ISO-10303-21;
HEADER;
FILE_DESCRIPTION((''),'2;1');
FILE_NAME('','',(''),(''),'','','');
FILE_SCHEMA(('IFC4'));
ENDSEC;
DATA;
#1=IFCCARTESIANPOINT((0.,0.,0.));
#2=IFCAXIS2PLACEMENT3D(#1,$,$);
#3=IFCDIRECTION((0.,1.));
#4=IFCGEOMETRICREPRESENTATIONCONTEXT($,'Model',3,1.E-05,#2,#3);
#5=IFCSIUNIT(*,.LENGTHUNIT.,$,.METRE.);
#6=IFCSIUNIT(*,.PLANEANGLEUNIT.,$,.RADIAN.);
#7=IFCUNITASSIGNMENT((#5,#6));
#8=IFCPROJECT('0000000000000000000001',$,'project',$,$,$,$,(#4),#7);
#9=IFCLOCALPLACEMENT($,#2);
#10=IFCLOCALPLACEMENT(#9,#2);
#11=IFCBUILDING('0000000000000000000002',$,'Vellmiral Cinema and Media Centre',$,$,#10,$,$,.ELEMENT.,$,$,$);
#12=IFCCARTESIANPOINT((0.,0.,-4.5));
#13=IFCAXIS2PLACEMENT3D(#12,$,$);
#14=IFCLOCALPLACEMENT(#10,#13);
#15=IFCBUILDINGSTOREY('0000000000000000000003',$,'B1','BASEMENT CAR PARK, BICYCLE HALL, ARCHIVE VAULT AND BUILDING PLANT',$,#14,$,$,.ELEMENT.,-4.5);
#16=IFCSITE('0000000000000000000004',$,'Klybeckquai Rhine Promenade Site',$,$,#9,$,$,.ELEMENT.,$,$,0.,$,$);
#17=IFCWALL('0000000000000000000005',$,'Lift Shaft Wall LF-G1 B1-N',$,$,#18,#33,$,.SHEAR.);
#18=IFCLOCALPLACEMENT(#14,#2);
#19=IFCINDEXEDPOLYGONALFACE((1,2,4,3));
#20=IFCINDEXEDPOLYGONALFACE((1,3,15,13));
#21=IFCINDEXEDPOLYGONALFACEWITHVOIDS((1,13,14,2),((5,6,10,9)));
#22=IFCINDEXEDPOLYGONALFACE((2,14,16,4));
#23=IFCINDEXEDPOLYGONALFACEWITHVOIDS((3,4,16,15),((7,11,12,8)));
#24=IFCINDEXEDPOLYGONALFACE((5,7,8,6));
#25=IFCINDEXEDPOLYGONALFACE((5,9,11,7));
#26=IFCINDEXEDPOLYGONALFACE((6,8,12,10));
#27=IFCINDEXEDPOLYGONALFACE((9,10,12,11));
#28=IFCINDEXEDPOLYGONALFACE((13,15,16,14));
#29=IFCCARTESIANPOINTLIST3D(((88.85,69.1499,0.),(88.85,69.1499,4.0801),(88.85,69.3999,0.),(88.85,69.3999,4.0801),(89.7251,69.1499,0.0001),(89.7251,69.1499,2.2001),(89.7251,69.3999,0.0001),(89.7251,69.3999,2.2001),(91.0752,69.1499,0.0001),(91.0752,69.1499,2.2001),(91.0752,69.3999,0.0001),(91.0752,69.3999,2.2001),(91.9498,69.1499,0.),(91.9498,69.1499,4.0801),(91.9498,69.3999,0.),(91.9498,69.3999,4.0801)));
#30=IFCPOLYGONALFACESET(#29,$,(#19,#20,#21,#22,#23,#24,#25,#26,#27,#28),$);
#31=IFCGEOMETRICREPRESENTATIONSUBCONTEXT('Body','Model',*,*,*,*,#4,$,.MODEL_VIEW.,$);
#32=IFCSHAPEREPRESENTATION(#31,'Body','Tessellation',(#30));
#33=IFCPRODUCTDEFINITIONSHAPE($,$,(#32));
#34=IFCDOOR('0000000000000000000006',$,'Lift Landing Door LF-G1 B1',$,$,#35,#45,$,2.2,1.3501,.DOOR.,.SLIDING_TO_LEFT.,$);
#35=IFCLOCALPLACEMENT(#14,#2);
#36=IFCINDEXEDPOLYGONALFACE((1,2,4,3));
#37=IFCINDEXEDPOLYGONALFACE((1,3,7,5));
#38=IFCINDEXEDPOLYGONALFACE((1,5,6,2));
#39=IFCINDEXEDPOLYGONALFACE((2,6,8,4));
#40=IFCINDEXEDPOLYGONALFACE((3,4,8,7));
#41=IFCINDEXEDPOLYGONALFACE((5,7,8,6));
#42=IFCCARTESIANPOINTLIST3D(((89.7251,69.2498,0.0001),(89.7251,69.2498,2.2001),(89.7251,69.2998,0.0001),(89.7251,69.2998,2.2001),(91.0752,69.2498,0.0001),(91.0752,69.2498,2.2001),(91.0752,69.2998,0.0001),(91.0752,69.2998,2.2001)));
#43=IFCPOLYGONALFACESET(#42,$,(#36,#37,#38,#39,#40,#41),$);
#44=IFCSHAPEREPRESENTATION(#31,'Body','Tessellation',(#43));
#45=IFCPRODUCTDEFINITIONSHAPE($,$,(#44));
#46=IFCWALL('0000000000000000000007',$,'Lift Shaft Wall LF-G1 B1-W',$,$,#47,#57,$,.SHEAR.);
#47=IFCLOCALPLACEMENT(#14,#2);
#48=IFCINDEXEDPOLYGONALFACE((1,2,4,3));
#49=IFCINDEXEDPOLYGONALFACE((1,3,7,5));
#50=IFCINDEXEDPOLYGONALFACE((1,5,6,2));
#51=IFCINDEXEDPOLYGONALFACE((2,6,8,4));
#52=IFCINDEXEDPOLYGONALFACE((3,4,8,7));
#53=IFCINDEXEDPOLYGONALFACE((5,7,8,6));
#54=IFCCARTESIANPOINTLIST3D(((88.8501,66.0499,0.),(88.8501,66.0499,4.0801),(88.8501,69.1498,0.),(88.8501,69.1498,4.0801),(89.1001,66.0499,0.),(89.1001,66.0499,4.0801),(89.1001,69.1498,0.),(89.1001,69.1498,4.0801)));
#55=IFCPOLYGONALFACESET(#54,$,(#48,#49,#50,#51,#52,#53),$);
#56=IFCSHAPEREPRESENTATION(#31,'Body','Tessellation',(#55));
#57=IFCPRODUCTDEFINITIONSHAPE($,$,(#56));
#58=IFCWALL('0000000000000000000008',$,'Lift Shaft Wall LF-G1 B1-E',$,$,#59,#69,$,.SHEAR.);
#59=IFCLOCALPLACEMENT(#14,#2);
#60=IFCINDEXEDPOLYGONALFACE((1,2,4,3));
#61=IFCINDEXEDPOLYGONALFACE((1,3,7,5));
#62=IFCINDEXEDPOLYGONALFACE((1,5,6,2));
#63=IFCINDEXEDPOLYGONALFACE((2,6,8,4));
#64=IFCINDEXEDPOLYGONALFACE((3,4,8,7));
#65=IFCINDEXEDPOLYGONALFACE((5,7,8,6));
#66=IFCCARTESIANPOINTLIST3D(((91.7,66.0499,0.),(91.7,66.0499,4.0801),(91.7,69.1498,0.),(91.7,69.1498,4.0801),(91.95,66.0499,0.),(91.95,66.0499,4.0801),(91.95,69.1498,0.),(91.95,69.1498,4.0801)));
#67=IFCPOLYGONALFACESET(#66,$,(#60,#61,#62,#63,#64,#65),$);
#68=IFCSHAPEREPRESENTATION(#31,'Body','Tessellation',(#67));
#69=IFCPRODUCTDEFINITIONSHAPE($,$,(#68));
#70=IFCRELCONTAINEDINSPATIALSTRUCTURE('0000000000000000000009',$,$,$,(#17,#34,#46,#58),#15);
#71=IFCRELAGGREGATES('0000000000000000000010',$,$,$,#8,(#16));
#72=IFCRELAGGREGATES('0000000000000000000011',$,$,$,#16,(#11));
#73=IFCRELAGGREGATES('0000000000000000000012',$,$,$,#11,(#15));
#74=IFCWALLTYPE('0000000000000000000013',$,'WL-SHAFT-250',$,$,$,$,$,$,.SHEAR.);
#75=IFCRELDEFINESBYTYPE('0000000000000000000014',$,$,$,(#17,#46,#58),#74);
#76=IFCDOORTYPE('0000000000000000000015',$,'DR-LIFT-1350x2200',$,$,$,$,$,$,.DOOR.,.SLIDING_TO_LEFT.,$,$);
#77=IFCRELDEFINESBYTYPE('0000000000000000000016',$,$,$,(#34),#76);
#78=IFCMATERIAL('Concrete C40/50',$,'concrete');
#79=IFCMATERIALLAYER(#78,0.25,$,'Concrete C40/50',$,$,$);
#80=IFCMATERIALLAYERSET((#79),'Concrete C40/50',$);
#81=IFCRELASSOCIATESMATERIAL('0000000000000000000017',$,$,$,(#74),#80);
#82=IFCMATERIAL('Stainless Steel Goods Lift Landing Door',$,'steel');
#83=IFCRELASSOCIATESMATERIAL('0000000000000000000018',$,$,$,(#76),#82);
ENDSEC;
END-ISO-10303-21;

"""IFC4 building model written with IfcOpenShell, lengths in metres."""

from ifc_helpers import new_model, si_unit, direction, frame, frame_2d, origin, place, context, subcontext, project, spatial, rectangle, extrude, material, layer, layer_set, type_object, element, fill, save


model = new_model("IFC4")

# Units and contexts
model_context = context("Model", 3, precision=1e-05, world=origin(), true_north=direction((0.0, 1.0)))
body_context = subcontext(model_context, "Body", "Model", "MODEL_VIEW")
ifc_project = project(units=[si_unit("LENGTHUNIT", "METRE"), si_unit("PLANEANGLEUNIT", "RADIAN")], contexts=[model_context])

# Site, building, storey
site_placement = place(None, origin())
site = spatial("IfcSite", under=ifc_project, at=site_placement, Name="Klybeckquai Rhine Promenade Site", CompositionType="ELEMENT", RefElevation=0.0)
building_placement = place(site_placement, origin())
building = spatial("IfcBuilding", under=site, at=building_placement, Name="Vellmiral Cinema and Media Centre", CompositionType="ELEMENT")
storey_placement = place(building_placement, frame((0.0, 0.0, -4.5)))
storey = spatial("IfcBuildingStorey", under=building, at=storey_placement, Name="B1", Description="BASEMENT CAR PARK, BICYCLE HALL, ARCHIVE VAULT AND BUILDING PLANT", CompositionType="ELEMENT", Elevation=-4.5)

# Shared definitions
ifc_material_1 = material(Name="Concrete C40/50", Category="concrete")
ifc_layer_1 = layer(ifc_material_1, 0.25, Name="Concrete C40/50")
ifc_layer_set_1 = layer_set([ifc_layer_1], Name="Concrete C40/50")
wall_type_1 = type_object("IfcWallType", Name="WL-SHAFT-250", PredefinedType="SHEAR", material=ifc_layer_set_1)

# Wall, opening, door
wall_1_placement = place(storey_placement, frame((88.8501, 69.2749, 0.0), z_axis=(0.0, 0.0, 1.0), x_axis=(1.0, 0.0, 0.0)))
wall_1 = element("IfcWall", 1, at=wall_1_placement, inside=storey, type_object=wall_type_1, Name="Lift Shaft Wall LF-G1 B1-N", PredefinedType="SHEAR", context=body_context, shape_type="SweptSolid", body=[
    extrude(rectangle(XDim=3.0999, YDim=0.25, at=frame_2d((1.5498, 0.0))), origin(), (0.0, 0.0, 1.0), 4.0801),
])
opening_1_placement = place(wall_1_placement, frame((0.875, 0.0, 0.0)))
opening_1 = element("IfcOpeningElement", 2, at=opening_1_placement, cuts=wall_1, PredefinedType="OPENING", context=body_context, shape_type="SweptSolid", body=[
    extrude(rectangle(XDim=1.3501, YDim=2.2, at=frame_2d((0.675, 1.1001))), frame((0.0, 0.137, 0.0), z_axis=(0.0, -1.0, 0.0), x_axis=(1.0, 0.0, 0.0)), (0.0, 0.0, 1.0), 0.2739),
])
ifc_material_2 = material(Name="Stainless Steel Goods Lift Landing Door", Category="steel")
door_type_1 = type_object("IfcDoorType", Name="DR-LIFT-1350x2200", OperationType="SLIDING_TO_LEFT", PredefinedType="DOOR", material=ifc_material_2)
door_1_placement = place(opening_1_placement, origin())
door_1 = element("IfcDoor", 3, at=door_1_placement, inside=storey, type_object=door_type_1, Name="Lift Landing Door LF-G1 B1", OperationType="SLIDING_TO_LEFT", OverallHeight=2.2, OverallWidth=1.3501, PredefinedType="DOOR", context=body_context, shape_type="SweptSolid", body=[
    extrude(rectangle(XDim=1.3501, YDim=2.2, at=frame_2d((0.675, 1.1001))), frame((0.0, 0.0249, 0.0), z_axis=(0.0, -1.0, 0.0), x_axis=(1.0, 0.0, 0.0)), (0.0, 0.0, 1.0), 0.05),
])
fill(opening_1, door_1)

# Walls
for number, where, z_axis, x_axis, name in (
    (4, (88.9751, 66.05, 0.0), (0.0, 0.0, 1.0), (0.0, 1.0, 0.0), "Lift Shaft Wall LF-G1 B1-W"),
    (5, (91.825, 66.05, 0.0), (0.0, 0.0, 1.0), (0.0, 1.0, 0.0), "Lift Shaft Wall LF-G1 B1-E"),
):
    element("IfcWall", number, at=place(storey_placement, frame(where, z_axis=z_axis, x_axis=x_axis)), inside=storey, type_object=wall_type_1, Name=name, PredefinedType="SHEAR", context=body_context, shape_type="SweptSolid", body=[
        extrude(rectangle(XDim=3.0999, YDim=0.25, at=frame_2d((1.5498, 0.0))), origin(), (0.0, 0.0, 1.0), 4.0801),
    ])

save(model, "model.ifc")
